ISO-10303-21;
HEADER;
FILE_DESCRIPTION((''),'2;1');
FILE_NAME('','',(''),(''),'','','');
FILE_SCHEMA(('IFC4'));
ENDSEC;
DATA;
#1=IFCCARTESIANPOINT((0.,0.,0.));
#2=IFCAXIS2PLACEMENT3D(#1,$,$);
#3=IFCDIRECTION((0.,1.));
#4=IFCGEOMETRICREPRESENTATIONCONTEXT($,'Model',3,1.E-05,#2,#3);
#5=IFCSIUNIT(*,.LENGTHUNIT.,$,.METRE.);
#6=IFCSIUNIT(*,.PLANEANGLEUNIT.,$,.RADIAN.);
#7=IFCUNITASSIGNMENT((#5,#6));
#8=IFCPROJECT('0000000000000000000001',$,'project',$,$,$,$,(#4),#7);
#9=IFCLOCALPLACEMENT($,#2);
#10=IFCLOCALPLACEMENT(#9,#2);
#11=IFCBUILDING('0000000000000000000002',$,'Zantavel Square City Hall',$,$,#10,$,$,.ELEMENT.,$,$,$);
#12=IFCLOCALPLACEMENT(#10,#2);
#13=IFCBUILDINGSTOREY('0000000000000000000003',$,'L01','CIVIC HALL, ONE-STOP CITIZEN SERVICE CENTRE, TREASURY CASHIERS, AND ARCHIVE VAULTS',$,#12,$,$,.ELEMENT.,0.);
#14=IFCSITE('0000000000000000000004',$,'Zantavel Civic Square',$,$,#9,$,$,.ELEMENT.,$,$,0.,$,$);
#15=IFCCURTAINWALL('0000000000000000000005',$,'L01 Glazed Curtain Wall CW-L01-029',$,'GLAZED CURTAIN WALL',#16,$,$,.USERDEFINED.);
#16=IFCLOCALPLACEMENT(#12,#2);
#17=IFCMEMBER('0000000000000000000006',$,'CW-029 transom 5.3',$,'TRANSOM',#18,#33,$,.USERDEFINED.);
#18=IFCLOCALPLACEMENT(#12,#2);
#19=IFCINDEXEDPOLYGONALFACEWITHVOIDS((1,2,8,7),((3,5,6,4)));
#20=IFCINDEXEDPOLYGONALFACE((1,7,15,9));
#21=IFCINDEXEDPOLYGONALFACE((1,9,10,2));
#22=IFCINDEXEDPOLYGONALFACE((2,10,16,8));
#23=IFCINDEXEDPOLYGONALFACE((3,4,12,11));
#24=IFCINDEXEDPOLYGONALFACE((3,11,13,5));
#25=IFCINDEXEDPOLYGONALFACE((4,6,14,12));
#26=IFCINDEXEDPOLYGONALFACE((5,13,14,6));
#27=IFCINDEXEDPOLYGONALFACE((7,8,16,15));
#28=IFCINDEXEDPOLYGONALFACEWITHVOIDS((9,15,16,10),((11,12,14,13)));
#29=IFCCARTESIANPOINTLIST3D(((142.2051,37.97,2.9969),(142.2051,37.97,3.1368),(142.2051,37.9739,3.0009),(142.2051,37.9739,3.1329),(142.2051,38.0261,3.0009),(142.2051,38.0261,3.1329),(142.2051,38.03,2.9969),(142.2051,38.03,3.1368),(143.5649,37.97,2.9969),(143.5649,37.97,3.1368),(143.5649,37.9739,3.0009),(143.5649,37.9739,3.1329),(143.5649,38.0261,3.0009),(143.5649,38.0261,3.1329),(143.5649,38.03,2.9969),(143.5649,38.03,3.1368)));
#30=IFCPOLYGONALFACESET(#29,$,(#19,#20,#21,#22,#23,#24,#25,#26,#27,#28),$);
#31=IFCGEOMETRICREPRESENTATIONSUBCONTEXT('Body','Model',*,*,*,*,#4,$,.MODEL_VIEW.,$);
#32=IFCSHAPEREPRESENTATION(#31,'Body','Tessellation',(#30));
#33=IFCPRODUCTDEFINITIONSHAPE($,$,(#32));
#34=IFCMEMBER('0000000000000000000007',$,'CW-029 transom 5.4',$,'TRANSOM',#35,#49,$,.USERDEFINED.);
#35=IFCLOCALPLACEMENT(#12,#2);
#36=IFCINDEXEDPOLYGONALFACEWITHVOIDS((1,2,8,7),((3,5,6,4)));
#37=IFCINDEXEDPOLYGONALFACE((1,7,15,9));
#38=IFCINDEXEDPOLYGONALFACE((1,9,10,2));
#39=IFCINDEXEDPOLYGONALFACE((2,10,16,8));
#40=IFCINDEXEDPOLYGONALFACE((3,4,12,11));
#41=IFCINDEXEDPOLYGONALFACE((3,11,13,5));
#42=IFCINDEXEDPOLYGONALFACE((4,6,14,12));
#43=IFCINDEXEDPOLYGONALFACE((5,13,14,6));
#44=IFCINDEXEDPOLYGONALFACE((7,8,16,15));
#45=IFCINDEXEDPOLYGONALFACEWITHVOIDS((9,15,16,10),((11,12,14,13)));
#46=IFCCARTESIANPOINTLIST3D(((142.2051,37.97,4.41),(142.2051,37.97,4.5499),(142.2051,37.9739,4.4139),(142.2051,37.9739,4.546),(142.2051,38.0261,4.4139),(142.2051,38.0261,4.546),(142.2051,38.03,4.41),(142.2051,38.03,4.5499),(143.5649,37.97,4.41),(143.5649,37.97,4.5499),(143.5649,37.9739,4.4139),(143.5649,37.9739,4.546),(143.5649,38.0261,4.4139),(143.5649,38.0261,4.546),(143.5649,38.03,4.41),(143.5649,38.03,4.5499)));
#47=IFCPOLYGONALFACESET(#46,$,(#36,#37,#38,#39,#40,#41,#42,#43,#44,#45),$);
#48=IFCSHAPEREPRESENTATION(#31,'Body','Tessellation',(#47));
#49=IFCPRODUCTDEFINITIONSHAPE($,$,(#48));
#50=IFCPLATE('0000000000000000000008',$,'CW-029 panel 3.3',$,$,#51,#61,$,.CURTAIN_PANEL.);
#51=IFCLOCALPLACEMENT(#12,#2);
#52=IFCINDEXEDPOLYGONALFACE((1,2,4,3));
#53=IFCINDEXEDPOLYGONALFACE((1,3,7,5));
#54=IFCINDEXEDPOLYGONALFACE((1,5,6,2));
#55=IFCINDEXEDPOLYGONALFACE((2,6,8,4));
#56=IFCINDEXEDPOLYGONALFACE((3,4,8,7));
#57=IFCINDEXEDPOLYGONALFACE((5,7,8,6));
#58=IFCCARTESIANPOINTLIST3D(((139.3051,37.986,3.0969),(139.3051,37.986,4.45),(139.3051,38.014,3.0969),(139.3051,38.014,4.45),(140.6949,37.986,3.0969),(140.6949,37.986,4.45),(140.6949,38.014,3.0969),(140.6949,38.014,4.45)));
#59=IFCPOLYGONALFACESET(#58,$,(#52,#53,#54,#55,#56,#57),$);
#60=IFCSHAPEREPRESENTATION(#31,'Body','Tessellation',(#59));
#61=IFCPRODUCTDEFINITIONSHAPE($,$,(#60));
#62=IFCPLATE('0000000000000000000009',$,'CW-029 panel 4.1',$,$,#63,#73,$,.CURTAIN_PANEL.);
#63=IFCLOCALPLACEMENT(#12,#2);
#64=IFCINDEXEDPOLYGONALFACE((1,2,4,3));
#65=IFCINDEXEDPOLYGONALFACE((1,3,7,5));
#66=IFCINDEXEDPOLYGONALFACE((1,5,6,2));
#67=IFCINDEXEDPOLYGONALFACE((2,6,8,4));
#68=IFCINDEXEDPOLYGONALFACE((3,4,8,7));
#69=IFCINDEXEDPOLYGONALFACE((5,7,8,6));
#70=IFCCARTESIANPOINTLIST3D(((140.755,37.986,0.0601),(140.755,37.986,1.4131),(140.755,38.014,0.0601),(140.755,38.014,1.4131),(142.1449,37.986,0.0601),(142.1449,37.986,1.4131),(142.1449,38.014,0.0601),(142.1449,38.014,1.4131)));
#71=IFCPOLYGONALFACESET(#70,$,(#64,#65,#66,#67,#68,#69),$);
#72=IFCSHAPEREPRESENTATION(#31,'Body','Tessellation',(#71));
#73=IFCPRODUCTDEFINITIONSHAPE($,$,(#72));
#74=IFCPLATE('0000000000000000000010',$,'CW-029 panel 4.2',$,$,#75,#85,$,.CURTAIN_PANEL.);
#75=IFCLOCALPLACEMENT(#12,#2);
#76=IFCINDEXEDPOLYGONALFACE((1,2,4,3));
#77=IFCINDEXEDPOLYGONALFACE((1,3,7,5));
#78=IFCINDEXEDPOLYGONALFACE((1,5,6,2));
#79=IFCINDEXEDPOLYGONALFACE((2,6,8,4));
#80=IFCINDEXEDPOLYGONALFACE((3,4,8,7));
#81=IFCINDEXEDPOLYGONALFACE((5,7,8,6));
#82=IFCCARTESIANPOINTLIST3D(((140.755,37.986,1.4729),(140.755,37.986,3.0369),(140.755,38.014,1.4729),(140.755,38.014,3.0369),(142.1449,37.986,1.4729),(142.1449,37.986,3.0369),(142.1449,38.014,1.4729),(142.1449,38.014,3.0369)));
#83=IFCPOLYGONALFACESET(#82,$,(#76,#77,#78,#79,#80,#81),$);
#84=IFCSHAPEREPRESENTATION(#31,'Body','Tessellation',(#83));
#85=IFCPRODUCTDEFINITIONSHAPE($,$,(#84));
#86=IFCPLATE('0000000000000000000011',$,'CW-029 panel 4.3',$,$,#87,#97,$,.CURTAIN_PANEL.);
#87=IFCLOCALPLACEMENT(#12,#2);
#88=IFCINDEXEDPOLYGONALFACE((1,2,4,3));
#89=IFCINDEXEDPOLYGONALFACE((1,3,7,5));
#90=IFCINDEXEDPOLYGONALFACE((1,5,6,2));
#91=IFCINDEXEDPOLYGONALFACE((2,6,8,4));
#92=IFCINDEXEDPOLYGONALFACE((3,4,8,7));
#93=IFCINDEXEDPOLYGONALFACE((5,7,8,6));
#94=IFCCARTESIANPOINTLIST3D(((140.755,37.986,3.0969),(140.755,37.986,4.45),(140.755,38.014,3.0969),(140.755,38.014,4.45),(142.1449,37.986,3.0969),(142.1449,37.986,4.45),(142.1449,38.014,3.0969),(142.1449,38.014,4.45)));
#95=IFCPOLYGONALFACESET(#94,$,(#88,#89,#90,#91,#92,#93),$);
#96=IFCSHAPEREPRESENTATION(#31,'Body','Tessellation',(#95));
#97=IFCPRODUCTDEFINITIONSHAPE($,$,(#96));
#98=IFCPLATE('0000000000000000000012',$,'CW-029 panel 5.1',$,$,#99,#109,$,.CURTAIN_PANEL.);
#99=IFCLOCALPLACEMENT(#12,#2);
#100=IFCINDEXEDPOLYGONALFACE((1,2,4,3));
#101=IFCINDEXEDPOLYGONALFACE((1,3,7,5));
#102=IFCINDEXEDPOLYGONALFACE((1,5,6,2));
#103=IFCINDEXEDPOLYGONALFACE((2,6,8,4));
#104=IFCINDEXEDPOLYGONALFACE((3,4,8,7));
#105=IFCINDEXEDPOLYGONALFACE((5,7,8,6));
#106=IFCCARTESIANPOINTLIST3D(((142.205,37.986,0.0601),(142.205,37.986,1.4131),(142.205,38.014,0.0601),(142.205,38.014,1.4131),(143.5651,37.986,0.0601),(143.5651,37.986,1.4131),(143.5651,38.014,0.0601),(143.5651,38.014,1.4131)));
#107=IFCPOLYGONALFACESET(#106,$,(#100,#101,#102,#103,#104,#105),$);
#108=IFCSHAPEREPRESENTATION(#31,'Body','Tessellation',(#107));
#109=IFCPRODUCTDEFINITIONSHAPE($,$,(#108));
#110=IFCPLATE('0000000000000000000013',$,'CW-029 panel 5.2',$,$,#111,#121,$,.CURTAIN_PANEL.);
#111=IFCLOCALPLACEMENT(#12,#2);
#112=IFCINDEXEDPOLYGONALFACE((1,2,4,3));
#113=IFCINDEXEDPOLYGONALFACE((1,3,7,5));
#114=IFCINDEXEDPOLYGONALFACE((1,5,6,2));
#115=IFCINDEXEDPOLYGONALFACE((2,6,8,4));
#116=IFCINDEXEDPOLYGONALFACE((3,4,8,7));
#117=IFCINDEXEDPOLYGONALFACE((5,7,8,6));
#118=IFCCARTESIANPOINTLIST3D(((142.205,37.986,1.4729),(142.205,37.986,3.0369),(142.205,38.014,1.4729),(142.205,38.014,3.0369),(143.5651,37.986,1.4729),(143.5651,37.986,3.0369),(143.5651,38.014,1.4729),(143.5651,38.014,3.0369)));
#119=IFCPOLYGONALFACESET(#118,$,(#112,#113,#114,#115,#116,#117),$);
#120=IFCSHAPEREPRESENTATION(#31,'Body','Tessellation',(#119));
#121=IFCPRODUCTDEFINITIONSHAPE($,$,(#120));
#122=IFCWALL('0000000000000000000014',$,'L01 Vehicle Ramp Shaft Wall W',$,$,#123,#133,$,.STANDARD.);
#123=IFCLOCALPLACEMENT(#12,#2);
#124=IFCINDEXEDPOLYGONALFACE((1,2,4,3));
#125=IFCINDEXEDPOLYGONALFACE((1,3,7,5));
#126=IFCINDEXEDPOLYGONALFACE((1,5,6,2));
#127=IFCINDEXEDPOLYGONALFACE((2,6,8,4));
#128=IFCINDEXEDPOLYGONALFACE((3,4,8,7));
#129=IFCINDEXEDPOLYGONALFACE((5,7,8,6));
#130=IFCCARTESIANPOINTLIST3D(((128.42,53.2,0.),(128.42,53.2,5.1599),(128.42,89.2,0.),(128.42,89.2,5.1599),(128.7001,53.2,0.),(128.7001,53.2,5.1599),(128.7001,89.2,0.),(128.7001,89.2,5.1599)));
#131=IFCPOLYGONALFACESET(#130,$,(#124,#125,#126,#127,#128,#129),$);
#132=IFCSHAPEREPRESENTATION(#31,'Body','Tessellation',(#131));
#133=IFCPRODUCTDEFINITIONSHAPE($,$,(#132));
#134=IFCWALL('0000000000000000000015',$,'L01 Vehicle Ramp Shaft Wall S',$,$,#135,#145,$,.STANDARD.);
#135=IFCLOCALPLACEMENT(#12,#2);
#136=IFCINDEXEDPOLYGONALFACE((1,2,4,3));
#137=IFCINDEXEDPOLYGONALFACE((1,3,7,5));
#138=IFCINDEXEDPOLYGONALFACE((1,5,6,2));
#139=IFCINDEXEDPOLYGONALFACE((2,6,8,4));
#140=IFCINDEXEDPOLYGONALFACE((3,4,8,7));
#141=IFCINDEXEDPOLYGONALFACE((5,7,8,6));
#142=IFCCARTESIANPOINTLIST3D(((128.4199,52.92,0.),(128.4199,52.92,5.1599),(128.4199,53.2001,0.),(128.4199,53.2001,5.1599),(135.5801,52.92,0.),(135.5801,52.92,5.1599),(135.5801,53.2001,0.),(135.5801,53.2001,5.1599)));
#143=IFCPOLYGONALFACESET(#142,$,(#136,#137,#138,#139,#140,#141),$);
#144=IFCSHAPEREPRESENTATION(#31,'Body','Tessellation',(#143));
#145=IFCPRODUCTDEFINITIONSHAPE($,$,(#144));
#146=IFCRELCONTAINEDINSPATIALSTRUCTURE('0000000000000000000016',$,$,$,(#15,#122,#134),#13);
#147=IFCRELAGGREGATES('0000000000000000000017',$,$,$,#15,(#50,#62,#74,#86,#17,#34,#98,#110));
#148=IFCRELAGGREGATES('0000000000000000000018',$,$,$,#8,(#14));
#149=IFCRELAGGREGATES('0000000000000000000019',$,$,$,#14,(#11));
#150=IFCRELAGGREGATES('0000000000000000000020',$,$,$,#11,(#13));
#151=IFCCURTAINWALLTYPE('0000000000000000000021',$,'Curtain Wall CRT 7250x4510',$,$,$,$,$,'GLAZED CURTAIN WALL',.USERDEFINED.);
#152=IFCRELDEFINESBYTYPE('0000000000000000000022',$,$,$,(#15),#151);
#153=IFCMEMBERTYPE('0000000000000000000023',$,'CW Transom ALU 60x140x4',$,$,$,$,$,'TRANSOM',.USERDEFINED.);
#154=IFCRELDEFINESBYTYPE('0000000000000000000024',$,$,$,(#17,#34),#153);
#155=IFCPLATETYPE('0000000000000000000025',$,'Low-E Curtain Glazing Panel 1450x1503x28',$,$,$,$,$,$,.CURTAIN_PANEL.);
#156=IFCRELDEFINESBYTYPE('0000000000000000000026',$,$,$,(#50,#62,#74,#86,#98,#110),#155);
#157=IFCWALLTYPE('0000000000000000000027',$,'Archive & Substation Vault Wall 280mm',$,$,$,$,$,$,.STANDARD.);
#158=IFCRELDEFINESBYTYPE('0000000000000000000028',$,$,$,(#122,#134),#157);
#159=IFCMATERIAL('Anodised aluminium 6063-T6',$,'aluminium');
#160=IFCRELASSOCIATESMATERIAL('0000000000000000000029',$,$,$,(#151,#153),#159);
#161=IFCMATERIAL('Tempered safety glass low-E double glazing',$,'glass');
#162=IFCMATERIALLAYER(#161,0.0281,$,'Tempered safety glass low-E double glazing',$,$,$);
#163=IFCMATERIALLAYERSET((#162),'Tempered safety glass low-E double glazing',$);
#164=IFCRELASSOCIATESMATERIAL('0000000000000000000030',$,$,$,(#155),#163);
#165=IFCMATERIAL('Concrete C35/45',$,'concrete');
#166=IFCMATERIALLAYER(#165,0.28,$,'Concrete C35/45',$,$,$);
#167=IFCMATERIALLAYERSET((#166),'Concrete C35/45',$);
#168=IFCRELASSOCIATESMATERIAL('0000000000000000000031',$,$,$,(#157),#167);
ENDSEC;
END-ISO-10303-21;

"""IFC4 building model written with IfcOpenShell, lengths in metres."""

from ifc_helpers import new_model, si_unit, direction, frame, frame_2d, origin, origin_2d, place, context, subcontext, project, spatial, rectangle, hollow_rectangle, extrude, material, layer, layer_set, material_profile, profile_set, type_object, element, aggregate, save


model = new_model("IFC4")

# Units and contexts
model_context = context("Model", 3, precision=1e-05, world=origin(), true_north=direction((0.0, 1.0)))
body_context = subcontext(model_context, "Body", "Model", "MODEL_VIEW")
ifc_project = project(units=[si_unit("LENGTHUNIT", "METRE"), si_unit("PLANEANGLEUNIT", "RADIAN")], contexts=[model_context])

# Site, building, storey
site_placement = place(None, origin())
site = spatial("IfcSite", under=ifc_project, at=site_placement, Name="Zantavel Civic Square", CompositionType="ELEMENT", RefElevation=0.0)
building_placement = place(site_placement, origin())
building = spatial("IfcBuilding", under=site, at=building_placement, Name="Zantavel Square City Hall", CompositionType="ELEMENT")
storey_placement = place(building_placement, origin())
storey = spatial("IfcBuildingStorey", under=building, at=storey_placement, Name="L01", Description="CIVIC HALL, ONE-STOP CITIZEN SERVICE CENTRE, TREASURY CASHIERS, AND ARCHIVE VAULTS", CompositionType="ELEMENT", Elevation=0.0)

# Curtain wall, members, plates
ifc_material_1 = material(Name="Anodised aluminium 6063-T6", Category="aluminium")
curtain_wall_type = type_object("IfcCurtainWallType", Name="Curtain Wall CRT 7250x4510", ElementType="GLAZED CURTAIN WALL", PredefinedType="USERDEFINED", material=ifc_material_1)
curtain_wall_placement = place(storey_placement, origin())
curtain_wall = element("IfcCurtainWall", 1, at=curtain_wall_placement, inside=storey, type_object=curtain_wall_type, Name="L01 Glazed Curtain Wall CW-L01-029", ObjectType="GLAZED CURTAIN WALL", PredefinedType="USERDEFINED")
ifc_material_profile_1 = material_profile(ifc_material_1, hollow_rectangle(XDim=0.0601, YDim=0.1399, WallThickness=0.0039, at=origin_2d()), Name="ALU 60x140x4")
ifc_profile_set_1 = profile_set([ifc_material_profile_1], Name="Anodised aluminium 6063-T6")
member_type_1 = type_object("IfcMemberType", Name="CW Transom ALU 60x140x4", ElementType="TRANSOM", PredefinedType="USERDEFINED", material=ifc_profile_set_1)
member_1_placement = place(storey_placement, frame((142.2051, 38.0, 3.0669), z_axis=(1.0, 0.0, 0.0), x_axis=(0.0, 1.0, 0.0)))
member_1 = element("IfcMember", 2, at=member_1_placement, type_object=member_type_1, Name="CW-029 transom 5.3", ObjectType="TRANSOM", PredefinedType="USERDEFINED", context=body_context, shape_type="SweptSolid", body=[
    extrude(hollow_rectangle(XDim=0.0601, YDim=0.1399, WallThickness=0.0039, at=origin_2d()), origin(), (0.0, 0.0, 1.0), 1.3599),
])
member_2_placement = place(storey_placement, frame((142.2051, 38.0, 4.48), z_axis=(1.0, 0.0, 0.0), x_axis=(0.0, 1.0, 0.0)))
member_2 = element("IfcMember", 3, at=member_2_placement, type_object=member_type_1, Name="CW-029 transom 5.4", ObjectType="TRANSOM", PredefinedType="USERDEFINED", context=body_context, shape_type="SweptSolid", body=[
    extrude(hollow_rectangle(XDim=0.0601, YDim=0.1399, WallThickness=0.0039, at=origin_2d()), origin(), (0.0, 0.0, 1.0), 1.3599),
])
ifc_material_2 = material(Name="Tempered safety glass low-E double glazing", Category="glass")
ifc_layer_1 = layer(ifc_material_2, 0.0281, Name="Tempered safety glass low-E double glazing")
ifc_layer_set_1 = layer_set([ifc_layer_1], Name="Tempered safety glass low-E double glazing")
plate_type = type_object("IfcPlateType", Name="Low-E Curtain Glazing Panel 1450x1503x28", PredefinedType="CURTAIN_PANEL", material=ifc_layer_set_1)
plate_1_placement = place(storey_placement, frame((140.0, 38.0, 3.0969), z_axis=(0.0, 0.0, 1.0), x_axis=(1.0, 0.0, 0.0)))
plate_1 = element("IfcPlate", 4, at=plate_1_placement, type_object=plate_type, Name="CW-029 panel 3.3", PredefinedType="CURTAIN_PANEL", context=body_context, shape_type="SweptSolid", body=[
    extrude(rectangle(XDim=1.3899, YDim=0.0281, at=origin_2d()), origin(), (0.0, 0.0, 1.0), 1.353),
])
plate_2_placement = place(storey_placement, frame((141.45, 38.0, 0.0601), z_axis=(0.0, 0.0, 1.0), x_axis=(1.0, 0.0, 0.0)))
plate_2 = element("IfcPlate", 5, at=plate_2_placement, type_object=plate_type, Name="CW-029 panel 4.1", PredefinedType="CURTAIN_PANEL", context=body_context, shape_type="SweptSolid", body=[
    extrude(rectangle(XDim=1.3899, YDim=0.0281, at=origin_2d()), origin(), (0.0, 0.0, 1.0), 1.353),
])
plate_3_placement = place(storey_placement, frame((141.45, 38.0, 1.4729), z_axis=(0.0, 0.0, 1.0), x_axis=(1.0, 0.0, 0.0)))
plate_3 = element("IfcPlate", 6, at=plate_3_placement, type_object=plate_type, Name="CW-029 panel 4.2", PredefinedType="CURTAIN_PANEL", context=body_context, shape_type="SweptSolid", body=[
    extrude(rectangle(XDim=1.3899, YDim=0.0281, at=origin_2d()), origin(), (0.0, 0.0, 1.0), 1.564),
])
plate_4_placement = place(storey_placement, frame((141.45, 38.0, 3.0969), z_axis=(0.0, 0.0, 1.0), x_axis=(1.0, 0.0, 0.0)))
plate_4 = element("IfcPlate", 7, at=plate_4_placement, type_object=plate_type, Name="CW-029 panel 4.3", PredefinedType="CURTAIN_PANEL", context=body_context, shape_type="SweptSolid", body=[
    extrude(rectangle(XDim=1.3899, YDim=0.0281, at=origin_2d()), origin(), (0.0, 0.0, 1.0), 1.353),
])
plate_5_placement = place(storey_placement, frame((142.885, 38.0, 0.0601), z_axis=(0.0, 0.0, 1.0), x_axis=(1.0, 0.0, 0.0)))
plate_5 = element("IfcPlate", 8, at=plate_5_placement, type_object=plate_type, Name="CW-029 panel 5.1", PredefinedType="CURTAIN_PANEL", context=body_context, shape_type="SweptSolid", body=[
    extrude(rectangle(XDim=1.3601, YDim=0.0281, at=origin_2d()), origin(), (0.0, 0.0, 1.0), 1.353),
])
plate_6_placement = place(storey_placement, frame((142.885, 38.0, 1.4729), z_axis=(0.0, 0.0, 1.0), x_axis=(1.0, 0.0, 0.0)))
plate_6 = element("IfcPlate", 9, at=plate_6_placement, type_object=plate_type, Name="CW-029 panel 5.2", PredefinedType="CURTAIN_PANEL", context=body_context, shape_type="SweptSolid", body=[
    extrude(rectangle(XDim=1.3601, YDim=0.0281, at=origin_2d()), origin(), (0.0, 0.0, 1.0), 1.564),
])
aggregate(curtain_wall, [plate_1, plate_2, plate_3, plate_4, member_1, member_2, plate_5, plate_6])

# Walls
ifc_material_3 = material(Name="Concrete C35/45", Category="concrete")
ifc_layer_2 = layer(ifc_material_3, 0.28, Name="Concrete C35/45")
ifc_layer_set_2 = layer_set([ifc_layer_2], Name="Concrete C35/45")
wall_type = type_object("IfcWallType", Name="Archive & Substation Vault Wall 280mm", PredefinedType="STANDARD", material=ifc_layer_set_2)
wall_1_placement = place(storey_placement, frame((128.5601, 53.2, 0.0), z_axis=(0.0, 0.0, 1.0), x_axis=(0.0, 1.0, 0.0)))
element("IfcWall", 10, at=wall_1_placement, inside=storey, type_object=wall_type, Name="L01 Vehicle Ramp Shaft Wall W", PredefinedType="STANDARD", context=body_context, shape_type="SweptSolid", body=[
    extrude(rectangle(XDim=36.0, YDim=0.28, at=frame_2d((18.0, 0.0))), origin(), (0.0, 0.0, 1.0), 5.1599),
])
wall_2_placement = place(storey_placement, frame((135.5801, 53.0601, 0.0), z_axis=(0.0, 0.0, 1.0), x_axis=(-1.0, 0.0, 0.0)))
element("IfcWall", 11, at=wall_2_placement, inside=storey, type_object=wall_type, Name="L01 Vehicle Ramp Shaft Wall S", PredefinedType="STANDARD", context=body_context, shape_type="SweptSolid", body=[
    extrude(rectangle(XDim=7.1602, YDim=0.28, at=frame_2d((3.5801, 0.0))), origin(), (0.0, 0.0, 1.0), 5.1599),
])

save(model, "model.ifc")
